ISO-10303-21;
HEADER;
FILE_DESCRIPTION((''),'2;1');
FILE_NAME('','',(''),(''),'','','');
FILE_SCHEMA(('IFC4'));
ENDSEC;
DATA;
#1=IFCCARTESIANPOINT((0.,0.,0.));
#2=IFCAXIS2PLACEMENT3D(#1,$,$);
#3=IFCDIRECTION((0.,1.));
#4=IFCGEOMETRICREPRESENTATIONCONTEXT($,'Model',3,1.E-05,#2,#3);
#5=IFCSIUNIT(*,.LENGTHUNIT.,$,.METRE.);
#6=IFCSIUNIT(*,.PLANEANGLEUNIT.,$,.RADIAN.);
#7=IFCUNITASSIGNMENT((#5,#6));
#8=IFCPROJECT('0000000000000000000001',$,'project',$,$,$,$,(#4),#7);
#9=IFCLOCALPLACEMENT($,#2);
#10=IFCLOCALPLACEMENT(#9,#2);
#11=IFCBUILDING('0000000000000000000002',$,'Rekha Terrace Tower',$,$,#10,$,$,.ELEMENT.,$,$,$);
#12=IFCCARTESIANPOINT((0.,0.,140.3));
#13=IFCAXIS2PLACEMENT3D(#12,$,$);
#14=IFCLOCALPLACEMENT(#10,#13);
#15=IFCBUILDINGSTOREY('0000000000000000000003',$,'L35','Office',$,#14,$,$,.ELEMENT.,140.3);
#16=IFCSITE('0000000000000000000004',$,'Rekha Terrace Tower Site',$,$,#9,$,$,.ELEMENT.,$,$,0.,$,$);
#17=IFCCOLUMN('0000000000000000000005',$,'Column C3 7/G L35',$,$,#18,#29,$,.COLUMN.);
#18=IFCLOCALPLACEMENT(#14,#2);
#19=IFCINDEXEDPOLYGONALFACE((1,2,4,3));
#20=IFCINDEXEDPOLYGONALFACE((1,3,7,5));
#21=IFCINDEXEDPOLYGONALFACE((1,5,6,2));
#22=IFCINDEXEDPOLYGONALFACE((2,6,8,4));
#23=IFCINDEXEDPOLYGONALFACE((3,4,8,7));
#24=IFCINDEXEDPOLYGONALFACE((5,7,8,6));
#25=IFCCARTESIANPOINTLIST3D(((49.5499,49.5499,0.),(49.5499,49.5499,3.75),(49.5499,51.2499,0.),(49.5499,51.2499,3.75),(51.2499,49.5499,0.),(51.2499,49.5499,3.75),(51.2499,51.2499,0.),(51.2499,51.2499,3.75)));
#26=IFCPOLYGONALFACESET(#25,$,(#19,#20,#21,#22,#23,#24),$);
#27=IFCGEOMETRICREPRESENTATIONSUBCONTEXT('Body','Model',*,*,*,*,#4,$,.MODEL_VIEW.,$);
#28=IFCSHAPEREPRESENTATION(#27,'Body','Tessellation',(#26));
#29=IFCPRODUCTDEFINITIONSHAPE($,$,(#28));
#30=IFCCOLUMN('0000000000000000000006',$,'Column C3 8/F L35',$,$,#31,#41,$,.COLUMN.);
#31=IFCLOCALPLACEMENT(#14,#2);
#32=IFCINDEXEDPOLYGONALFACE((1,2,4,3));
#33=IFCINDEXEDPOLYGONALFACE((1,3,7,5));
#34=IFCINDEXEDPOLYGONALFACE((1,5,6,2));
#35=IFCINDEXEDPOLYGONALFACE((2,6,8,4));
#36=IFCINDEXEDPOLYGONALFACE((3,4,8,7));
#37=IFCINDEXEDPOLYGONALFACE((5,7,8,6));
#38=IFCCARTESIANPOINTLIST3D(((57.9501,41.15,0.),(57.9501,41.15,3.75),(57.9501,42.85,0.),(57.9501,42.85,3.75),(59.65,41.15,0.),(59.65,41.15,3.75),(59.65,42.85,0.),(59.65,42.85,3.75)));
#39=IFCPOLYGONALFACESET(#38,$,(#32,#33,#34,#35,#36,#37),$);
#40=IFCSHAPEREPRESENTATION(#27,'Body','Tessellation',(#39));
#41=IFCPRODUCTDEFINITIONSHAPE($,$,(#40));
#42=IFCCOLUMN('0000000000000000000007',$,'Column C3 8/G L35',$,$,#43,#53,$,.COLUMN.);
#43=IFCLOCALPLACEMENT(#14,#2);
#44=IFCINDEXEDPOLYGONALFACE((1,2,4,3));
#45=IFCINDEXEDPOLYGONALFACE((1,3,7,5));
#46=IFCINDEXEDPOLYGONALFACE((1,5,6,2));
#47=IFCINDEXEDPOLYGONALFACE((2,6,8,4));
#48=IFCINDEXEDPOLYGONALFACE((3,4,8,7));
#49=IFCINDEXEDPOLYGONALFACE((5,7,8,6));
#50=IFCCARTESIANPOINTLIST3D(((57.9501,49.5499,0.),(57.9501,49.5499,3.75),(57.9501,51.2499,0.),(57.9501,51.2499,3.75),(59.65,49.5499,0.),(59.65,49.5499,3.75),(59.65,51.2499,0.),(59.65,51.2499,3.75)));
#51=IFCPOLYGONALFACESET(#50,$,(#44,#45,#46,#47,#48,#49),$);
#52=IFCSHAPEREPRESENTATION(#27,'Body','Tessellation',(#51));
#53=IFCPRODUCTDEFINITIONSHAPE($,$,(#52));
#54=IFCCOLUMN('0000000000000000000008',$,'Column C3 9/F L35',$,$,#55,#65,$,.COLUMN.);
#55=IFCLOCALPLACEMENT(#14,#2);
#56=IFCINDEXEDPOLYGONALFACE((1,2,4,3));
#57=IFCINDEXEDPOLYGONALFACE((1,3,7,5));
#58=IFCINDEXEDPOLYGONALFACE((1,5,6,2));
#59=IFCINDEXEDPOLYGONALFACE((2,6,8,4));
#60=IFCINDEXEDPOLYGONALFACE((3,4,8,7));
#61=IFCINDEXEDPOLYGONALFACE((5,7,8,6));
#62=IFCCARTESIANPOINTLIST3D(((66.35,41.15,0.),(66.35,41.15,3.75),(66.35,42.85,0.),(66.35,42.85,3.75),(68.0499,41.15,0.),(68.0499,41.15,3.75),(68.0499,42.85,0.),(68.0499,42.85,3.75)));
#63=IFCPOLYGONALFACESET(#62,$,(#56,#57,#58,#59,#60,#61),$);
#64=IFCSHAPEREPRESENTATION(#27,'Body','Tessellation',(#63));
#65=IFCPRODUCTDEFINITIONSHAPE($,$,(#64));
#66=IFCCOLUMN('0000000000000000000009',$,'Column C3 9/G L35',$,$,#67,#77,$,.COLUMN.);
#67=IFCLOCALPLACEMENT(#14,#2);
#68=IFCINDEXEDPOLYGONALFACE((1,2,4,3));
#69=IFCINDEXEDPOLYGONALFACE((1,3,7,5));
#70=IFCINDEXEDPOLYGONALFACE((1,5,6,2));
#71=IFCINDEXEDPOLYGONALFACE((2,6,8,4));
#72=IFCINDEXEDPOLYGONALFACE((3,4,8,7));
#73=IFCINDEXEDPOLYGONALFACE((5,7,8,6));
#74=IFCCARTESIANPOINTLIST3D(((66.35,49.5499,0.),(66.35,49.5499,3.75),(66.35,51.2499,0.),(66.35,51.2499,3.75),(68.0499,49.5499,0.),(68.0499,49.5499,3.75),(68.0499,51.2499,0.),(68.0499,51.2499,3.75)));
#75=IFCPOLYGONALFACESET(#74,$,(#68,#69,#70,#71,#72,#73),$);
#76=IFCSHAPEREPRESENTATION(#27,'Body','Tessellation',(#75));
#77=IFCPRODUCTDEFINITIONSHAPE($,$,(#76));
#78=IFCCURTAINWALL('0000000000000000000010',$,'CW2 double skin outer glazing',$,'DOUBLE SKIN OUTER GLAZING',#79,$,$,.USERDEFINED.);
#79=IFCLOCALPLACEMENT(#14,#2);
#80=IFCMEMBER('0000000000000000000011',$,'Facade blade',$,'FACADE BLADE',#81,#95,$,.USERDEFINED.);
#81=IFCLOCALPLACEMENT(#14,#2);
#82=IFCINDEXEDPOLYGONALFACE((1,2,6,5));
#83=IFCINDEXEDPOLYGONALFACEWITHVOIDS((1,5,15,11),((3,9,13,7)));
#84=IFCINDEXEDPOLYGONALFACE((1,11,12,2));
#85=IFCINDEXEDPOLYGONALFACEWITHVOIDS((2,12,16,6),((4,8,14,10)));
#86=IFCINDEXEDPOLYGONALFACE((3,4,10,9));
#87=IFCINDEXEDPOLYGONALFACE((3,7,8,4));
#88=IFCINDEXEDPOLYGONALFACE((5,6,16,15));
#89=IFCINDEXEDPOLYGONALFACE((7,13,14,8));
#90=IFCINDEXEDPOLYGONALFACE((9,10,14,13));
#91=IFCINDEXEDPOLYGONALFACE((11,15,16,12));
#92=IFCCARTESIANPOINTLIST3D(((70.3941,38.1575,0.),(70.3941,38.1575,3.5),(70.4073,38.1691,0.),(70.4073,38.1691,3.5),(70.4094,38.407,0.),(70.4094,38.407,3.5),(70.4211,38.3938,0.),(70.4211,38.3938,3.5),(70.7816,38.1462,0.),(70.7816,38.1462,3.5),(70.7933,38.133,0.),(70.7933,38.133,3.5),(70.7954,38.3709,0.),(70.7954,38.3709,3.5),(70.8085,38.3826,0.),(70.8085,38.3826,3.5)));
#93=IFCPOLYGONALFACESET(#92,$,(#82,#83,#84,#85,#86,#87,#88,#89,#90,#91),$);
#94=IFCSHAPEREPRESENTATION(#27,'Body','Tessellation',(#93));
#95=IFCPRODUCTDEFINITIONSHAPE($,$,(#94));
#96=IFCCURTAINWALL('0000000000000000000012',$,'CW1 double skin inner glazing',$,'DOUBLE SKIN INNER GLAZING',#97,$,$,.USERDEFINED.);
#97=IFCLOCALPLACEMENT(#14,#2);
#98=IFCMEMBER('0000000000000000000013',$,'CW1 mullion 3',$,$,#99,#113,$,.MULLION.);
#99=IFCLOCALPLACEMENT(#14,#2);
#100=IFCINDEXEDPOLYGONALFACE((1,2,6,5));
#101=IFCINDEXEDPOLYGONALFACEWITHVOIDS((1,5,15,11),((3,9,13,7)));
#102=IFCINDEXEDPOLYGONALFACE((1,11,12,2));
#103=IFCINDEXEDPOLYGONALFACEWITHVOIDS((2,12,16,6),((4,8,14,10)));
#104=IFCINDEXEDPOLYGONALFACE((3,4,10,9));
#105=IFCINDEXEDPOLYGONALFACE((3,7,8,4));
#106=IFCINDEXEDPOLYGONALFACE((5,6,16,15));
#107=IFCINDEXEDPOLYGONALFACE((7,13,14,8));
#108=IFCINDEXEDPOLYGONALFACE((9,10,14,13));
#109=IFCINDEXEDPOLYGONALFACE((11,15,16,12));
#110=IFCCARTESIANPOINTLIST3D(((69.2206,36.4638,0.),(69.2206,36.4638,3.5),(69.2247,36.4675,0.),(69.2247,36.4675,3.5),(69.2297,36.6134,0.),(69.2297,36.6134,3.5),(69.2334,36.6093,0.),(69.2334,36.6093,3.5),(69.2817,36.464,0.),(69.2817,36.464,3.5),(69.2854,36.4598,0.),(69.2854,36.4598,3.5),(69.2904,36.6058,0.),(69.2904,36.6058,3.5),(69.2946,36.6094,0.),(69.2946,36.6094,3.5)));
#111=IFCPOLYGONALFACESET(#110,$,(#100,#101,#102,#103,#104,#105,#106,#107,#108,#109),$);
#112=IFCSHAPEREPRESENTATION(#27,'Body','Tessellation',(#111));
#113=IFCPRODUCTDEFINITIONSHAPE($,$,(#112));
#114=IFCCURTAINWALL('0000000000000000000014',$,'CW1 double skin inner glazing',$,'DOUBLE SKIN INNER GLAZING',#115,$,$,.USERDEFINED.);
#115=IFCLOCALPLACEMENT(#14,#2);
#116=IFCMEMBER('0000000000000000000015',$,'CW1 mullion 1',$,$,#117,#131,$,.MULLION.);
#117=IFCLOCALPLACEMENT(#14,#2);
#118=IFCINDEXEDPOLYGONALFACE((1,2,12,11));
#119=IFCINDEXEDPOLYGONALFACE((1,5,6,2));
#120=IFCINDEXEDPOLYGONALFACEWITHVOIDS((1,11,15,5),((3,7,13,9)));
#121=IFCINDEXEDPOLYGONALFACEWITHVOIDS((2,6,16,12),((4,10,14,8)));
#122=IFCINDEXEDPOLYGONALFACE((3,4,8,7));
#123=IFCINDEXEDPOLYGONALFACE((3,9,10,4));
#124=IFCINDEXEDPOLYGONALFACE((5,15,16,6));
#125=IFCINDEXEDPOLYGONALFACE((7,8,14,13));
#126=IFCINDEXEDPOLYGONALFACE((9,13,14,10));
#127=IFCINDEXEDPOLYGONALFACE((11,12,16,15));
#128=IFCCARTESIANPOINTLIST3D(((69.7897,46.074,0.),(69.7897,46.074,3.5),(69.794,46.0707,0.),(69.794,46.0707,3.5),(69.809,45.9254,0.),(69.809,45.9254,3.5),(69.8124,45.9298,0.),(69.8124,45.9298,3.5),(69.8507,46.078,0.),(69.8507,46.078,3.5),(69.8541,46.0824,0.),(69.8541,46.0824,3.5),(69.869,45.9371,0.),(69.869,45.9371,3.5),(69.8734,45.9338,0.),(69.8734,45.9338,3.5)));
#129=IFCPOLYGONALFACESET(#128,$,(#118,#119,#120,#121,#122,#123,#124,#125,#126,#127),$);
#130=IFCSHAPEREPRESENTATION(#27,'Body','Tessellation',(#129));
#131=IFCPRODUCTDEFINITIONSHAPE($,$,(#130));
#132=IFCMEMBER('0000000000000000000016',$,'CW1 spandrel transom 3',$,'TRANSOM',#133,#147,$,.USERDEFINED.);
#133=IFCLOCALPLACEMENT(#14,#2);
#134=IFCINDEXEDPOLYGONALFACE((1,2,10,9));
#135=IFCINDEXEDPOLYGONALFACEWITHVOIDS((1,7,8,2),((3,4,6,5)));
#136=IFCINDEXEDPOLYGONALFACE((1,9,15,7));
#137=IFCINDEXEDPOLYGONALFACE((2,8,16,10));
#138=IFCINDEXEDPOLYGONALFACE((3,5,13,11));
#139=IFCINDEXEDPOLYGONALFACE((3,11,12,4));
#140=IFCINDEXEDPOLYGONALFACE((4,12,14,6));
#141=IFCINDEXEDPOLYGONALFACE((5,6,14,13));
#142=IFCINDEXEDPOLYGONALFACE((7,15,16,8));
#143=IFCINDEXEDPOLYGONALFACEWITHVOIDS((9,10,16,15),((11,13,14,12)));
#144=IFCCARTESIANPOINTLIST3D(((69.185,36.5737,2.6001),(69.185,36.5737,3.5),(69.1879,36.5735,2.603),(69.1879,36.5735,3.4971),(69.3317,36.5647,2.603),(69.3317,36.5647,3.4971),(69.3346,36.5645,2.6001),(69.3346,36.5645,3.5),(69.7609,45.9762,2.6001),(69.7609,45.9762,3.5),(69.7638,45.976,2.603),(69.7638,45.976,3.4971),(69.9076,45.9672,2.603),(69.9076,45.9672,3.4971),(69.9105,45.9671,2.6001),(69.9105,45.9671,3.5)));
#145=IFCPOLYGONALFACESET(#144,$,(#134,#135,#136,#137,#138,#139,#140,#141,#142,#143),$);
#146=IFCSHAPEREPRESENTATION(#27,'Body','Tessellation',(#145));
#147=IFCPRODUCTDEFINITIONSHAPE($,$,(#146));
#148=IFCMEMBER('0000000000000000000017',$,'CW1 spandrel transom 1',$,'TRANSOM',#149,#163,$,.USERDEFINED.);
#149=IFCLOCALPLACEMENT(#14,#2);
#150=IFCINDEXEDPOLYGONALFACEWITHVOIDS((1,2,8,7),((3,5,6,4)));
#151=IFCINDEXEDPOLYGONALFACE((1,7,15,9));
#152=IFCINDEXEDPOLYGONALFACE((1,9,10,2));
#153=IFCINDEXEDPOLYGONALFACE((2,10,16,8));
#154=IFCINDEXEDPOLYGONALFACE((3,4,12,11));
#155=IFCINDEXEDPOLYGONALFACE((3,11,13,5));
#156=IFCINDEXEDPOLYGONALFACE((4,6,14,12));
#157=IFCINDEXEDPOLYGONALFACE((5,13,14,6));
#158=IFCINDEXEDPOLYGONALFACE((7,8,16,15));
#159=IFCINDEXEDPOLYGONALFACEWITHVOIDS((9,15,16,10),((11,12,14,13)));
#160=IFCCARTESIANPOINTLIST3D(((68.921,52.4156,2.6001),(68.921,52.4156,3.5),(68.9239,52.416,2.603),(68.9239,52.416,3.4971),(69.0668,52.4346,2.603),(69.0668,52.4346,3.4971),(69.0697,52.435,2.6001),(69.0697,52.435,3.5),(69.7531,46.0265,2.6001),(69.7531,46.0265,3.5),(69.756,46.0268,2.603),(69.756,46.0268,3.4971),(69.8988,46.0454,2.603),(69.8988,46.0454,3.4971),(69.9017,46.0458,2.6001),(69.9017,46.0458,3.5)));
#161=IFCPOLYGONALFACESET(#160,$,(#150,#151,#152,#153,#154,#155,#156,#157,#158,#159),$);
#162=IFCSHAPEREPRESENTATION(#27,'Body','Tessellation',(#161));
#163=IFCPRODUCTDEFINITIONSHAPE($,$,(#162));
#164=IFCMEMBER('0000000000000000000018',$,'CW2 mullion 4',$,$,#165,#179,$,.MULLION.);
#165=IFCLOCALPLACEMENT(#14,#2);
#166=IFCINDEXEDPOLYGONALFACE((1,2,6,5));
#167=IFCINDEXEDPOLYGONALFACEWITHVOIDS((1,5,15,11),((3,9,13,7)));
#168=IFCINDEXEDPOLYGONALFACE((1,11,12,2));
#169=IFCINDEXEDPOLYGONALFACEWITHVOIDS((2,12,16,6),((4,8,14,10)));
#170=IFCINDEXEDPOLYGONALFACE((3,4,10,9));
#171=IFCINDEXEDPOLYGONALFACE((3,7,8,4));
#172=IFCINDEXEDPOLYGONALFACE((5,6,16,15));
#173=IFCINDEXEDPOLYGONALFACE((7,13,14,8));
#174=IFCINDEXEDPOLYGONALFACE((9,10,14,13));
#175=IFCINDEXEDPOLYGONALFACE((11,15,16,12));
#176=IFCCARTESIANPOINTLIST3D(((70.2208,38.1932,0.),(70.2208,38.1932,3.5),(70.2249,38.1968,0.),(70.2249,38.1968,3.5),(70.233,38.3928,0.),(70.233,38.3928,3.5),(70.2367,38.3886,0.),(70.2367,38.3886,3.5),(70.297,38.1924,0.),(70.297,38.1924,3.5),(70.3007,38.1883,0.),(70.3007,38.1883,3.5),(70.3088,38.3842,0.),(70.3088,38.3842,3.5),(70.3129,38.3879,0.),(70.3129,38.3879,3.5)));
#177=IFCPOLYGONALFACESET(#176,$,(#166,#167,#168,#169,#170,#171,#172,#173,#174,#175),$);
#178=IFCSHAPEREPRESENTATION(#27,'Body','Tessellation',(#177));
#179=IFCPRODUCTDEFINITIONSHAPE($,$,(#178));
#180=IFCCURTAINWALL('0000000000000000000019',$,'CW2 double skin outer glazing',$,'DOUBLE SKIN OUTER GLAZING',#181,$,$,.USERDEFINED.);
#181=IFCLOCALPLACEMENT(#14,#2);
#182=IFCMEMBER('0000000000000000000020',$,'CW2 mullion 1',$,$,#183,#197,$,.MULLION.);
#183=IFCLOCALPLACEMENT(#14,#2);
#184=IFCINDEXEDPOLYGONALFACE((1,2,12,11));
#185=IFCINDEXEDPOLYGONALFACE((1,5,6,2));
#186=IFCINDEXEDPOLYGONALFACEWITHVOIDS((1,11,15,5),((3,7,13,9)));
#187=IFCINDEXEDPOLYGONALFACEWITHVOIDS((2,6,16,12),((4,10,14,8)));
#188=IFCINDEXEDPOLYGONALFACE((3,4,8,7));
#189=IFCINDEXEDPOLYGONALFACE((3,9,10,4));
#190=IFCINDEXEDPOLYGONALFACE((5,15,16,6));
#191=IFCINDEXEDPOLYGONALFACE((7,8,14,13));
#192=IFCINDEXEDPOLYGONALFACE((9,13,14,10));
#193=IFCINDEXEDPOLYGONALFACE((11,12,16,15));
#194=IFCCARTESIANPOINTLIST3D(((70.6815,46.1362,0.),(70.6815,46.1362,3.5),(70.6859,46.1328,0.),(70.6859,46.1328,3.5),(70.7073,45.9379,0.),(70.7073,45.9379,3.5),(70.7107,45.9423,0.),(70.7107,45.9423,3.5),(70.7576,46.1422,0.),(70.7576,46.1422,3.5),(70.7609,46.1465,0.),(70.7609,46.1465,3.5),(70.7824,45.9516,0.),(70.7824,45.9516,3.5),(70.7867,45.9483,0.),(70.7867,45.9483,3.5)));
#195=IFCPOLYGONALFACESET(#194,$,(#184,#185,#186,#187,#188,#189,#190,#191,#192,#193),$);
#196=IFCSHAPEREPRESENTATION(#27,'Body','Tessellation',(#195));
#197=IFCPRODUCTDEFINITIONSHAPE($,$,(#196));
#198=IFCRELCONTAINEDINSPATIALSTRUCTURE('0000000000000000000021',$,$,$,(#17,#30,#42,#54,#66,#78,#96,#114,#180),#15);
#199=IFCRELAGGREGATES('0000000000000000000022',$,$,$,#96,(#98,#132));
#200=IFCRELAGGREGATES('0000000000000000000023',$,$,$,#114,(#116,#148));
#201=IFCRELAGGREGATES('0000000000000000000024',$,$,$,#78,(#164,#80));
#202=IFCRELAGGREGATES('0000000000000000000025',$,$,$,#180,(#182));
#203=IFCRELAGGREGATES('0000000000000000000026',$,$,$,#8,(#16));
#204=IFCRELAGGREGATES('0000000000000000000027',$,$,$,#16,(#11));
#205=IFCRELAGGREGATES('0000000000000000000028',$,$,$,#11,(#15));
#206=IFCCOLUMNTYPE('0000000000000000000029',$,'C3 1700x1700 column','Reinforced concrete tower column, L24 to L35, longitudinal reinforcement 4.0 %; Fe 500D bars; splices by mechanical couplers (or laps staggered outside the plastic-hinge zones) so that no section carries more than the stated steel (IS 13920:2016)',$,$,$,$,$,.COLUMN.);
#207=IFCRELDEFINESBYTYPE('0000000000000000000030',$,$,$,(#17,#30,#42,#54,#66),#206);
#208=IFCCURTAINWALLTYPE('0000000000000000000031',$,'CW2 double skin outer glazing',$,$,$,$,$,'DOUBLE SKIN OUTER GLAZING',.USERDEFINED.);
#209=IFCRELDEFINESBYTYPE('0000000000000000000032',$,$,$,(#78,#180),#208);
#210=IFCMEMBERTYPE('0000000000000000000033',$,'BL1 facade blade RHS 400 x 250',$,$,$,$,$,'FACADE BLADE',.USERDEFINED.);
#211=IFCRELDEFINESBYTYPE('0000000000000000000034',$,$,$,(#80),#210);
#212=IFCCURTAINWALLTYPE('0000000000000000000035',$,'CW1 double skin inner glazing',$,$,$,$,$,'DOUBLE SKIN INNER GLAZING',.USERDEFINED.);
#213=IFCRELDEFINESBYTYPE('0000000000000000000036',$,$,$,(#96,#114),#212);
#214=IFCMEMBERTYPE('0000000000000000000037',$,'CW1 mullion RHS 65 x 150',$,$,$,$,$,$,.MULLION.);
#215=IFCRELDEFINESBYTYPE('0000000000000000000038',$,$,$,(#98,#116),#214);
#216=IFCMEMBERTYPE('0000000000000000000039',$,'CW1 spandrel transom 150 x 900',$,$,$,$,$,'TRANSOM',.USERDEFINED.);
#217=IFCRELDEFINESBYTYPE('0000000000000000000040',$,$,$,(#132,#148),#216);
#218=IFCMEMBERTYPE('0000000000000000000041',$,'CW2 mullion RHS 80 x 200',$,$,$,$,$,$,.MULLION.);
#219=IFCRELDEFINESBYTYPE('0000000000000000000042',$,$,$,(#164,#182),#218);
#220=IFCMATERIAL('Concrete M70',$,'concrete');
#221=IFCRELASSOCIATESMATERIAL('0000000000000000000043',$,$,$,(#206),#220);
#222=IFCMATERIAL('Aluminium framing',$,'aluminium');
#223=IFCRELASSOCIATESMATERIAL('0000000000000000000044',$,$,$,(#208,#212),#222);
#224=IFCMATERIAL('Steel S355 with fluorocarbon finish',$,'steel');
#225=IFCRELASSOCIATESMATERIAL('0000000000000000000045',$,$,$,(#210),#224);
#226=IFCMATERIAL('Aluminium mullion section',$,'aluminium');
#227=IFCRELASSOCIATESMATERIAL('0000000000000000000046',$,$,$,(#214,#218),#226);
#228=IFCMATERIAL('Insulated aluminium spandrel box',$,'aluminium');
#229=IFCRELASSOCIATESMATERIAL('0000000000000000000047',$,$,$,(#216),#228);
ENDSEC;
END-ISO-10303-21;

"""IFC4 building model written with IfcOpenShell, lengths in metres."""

from ifc_helpers import new_model, si_unit, direction, frame, origin, origin_2d, place, context, subcontext, project, spatial, rectangle, hollow_rectangle, extrude, material, material_profile, profile_set, type_object, element, aggregate, save


model = new_model("IFC4")

# Units and contexts
model_context = context("Model", 3, precision=1e-05, world=origin(), true_north=direction((0.0, 1.0)))
body_context = subcontext(model_context, "Body", "Model", "MODEL_VIEW")
ifc_project = project(units=[si_unit("LENGTHUNIT", "METRE"), si_unit("PLANEANGLEUNIT", "RADIAN")], contexts=[model_context])

# Site, building, storey
site_placement = place(None, origin())
site = spatial("IfcSite", under=ifc_project, at=site_placement, Name="Rekha Terrace Tower Site", CompositionType="ELEMENT", RefElevation=0.0)
building_placement = place(site_placement, origin())
building = spatial("IfcBuilding", under=site, at=building_placement, Name="Rekha Terrace Tower", CompositionType="ELEMENT")
storey_placement = place(building_placement, frame((0.0, 0.0, 140.3)))
storey = spatial("IfcBuildingStorey", under=building, at=storey_placement, Name="L35", Description="Office", CompositionType="ELEMENT", Elevation=140.3)

# Columns
ifc_material_1 = material(Name="Concrete M70", Category="concrete")
ifc_material_profile_1 = material_profile(ifc_material_1, rectangle(XDim=1.7, YDim=1.7, at=origin_2d()), Name="RC 1700x1700")
ifc_profile_set_1 = profile_set([ifc_material_profile_1], Name="Concrete M70")
column_type = type_object("IfcColumnType", Name="C3 1700x1700 column", Description="Reinforced concrete tower column, L24 to L35, longitudinal reinforcement 4.0 %; Fe 500D bars; splices by mechanical couplers (or laps staggered outside the plastic-hinge zones) so that no section carries more than the stated steel (IS 13920:2016)", PredefinedType="COLUMN", material=ifc_profile_set_1)
for number, where, z_axis, x_axis, name in (
    (1, (50.3999, 50.3999, 0.0), (0.0, 0.0, 1.0), (1.0, 0.0, 0.0), "Column C3 7/G L35"),
    (2, (58.8, 42.0, 0.0), (0.0, 0.0, 1.0), (1.0, 0.0, 0.0), "Column C3 8/F L35"),
    (3, (58.8, 50.3999, 0.0), (0.0, 0.0, 1.0), (1.0, 0.0, 0.0), "Column C3 8/G L35"),
    (4, (67.2, 42.0, 0.0), (0.0, 0.0, 1.0), (1.0, 0.0, 0.0), "Column C3 9/F L35"),
    (5, (67.2, 50.3999, 0.0), (0.0, 0.0, 1.0), (1.0, 0.0, 0.0), "Column C3 9/G L35"),
):
    element("IfcColumn", number, at=place(storey_placement, frame(where, z_axis=z_axis, x_axis=x_axis)), inside=storey, type_object=column_type, Name=name, PredefinedType="COLUMN", context=body_context, shape_type="SweptSolid", body=[
        extrude(rectangle(XDim=1.7, YDim=1.7, at=origin_2d()), origin(), (0.0, 0.0, 1.0), 3.75),
    ])

# Curtain walls, members
ifc_material_2 = material(Name="Aluminium framing", Category="aluminium")
curtain_wall_type_1 = type_object("IfcCurtainWallType", Name="CW2 double skin outer glazing", ElementType="DOUBLE SKIN OUTER GLAZING", PredefinedType="USERDEFINED", material=ifc_material_2)
curtain_wall_1_placement = place(storey_placement, origin())
curtain_wall_1 = element("IfcCurtainWall", 6, at=curtain_wall_1_placement, inside=storey, type_object=curtain_wall_type_1, Name="CW2 double skin outer glazing", ObjectType="DOUBLE SKIN OUTER GLAZING", PredefinedType="USERDEFINED")
ifc_material_3 = material(Name="Steel S355 with fluorocarbon finish", Category="steel")
ifc_material_profile_2 = material_profile(ifc_material_3, hollow_rectangle(XDim=0.25, YDim=0.3999, WallThickness=0.0125, at=origin_2d()), Name="RHS400x250x12.5")
ifc_profile_set_2 = profile_set([ifc_material_profile_2], Name="Steel S355 with fluorocarbon finish")
member_type_1 = type_object("IfcMemberType", Name="BL1 facade blade RHS 400 x 250", ElementType="FACADE BLADE", PredefinedType="USERDEFINED", material=ifc_profile_set_2)
member_1_placement = place(storey_placement, frame((70.6013, 38.27, 0.0), z_axis=(0.0, 0.0, 1.0), x_axis=(0.06116, 0.998128, 0.0)))
member_1 = element("IfcMember", 7, at=member_1_placement, type_object=member_type_1, Name="Facade blade", ObjectType="FACADE BLADE", PredefinedType="USERDEFINED", context=body_context, shape_type="SweptSolid", body=[
    extrude(hollow_rectangle(XDim=0.25, YDim=0.3999, WallThickness=0.0125, at=origin_2d()), origin(), (0.0, 0.0, 1.0), 3.5),
])
curtain_wall_type_2 = type_object("IfcCurtainWallType", Name="CW1 double skin inner glazing", ElementType="DOUBLE SKIN INNER GLAZING", PredefinedType="USERDEFINED", material=ifc_material_2)
curtain_wall_2_placement = place(storey_placement, origin())
curtain_wall_2 = element("IfcCurtainWall", 8, at=curtain_wall_2_placement, inside=storey, type_object=curtain_wall_type_2, Name="CW1 double skin inner glazing", ObjectType="DOUBLE SKIN INNER GLAZING", PredefinedType="USERDEFINED")
ifc_material_4 = material(Name="Aluminium mullion section", Category="aluminium")
ifc_material_profile_3 = material_profile(ifc_material_4, hollow_rectangle(XDim=0.0649, YDim=0.1499, WallThickness=0.0039, at=origin_2d()), Name="AL RHS 65x150")
ifc_profile_set_3 = profile_set([ifc_material_profile_3], Name="Aluminium mullion section")
member_type_2 = type_object("IfcMemberType", Name="CW1 mullion RHS 65 x 150", PredefinedType="MULLION", material=ifc_profile_set_3)
member_2_placement = place(storey_placement, frame((69.2576, 36.5366, 0.0), z_axis=(0.0, 0.0, 1.0), x_axis=(-0.998128, 0.06116, 0.0)))
member_2 = element("IfcMember", 9, at=member_2_placement, type_object=member_type_2, Name="CW1 mullion 3", PredefinedType="MULLION", context=body_context, shape_type="SweptSolid", body=[
    extrude(hollow_rectangle(XDim=0.0649, YDim=0.1499, WallThickness=0.0039, at=origin_2d()), origin(), (0.0, 0.0, 1.0), 3.5),
])
curtain_wall_3_placement = place(storey_placement, origin())
curtain_wall_3 = element("IfcCurtainWall", 10, at=curtain_wall_3_placement, inside=storey, type_object=curtain_wall_type_2, Name="CW1 double skin inner glazing", ObjectType="DOUBLE SKIN INNER GLAZING", PredefinedType="USERDEFINED")
member_3_placement = place(storey_placement, frame((69.8315, 46.0039, 0.0), z_axis=(0.0, 0.0, 1.0), x_axis=(-0.991629, -0.129118, 0.0)))
member_3 = element("IfcMember", 11, at=member_3_placement, type_object=member_type_2, Name="CW1 mullion 1", PredefinedType="MULLION", context=body_context, shape_type="SweptSolid", body=[
    extrude(hollow_rectangle(XDim=0.0649, YDim=0.1499, WallThickness=0.0039, at=origin_2d()), origin(), (0.0, 0.0, 1.0), 3.5),
])

# Members
ifc_material_5 = material(Name="Insulated aluminium spandrel box", Category="aluminium")
ifc_material_profile_4 = material_profile(ifc_material_5, hollow_rectangle(XDim=0.1499, YDim=0.8999, WallThickness=0.0029, at=origin_2d()), Name="AL SPANDREL BOX 150x900")
ifc_profile_set_4 = profile_set([ifc_material_profile_4], Name="Insulated aluminium spandrel box")
member_type_3 = type_object("IfcMemberType", Name="CW1 spandrel transom 150 x 900", ElementType="TRANSOM", PredefinedType="USERDEFINED", material=ifc_profile_set_4)
member_4_placement = place(storey_placement, frame((69.2598, 36.5691, 3.05), z_axis=(0.061137, 0.998129, 0.0), x_axis=(-0.998129, 0.061137, 0.0)))
member_4 = element("IfcMember", 12, at=member_4_placement, type_object=member_type_3, Name="CW1 spandrel transom 3", ObjectType="TRANSOM", PredefinedType="USERDEFINED", context=body_context, shape_type="SweptSolid", body=[
    extrude(hollow_rectangle(XDim=0.1499, YDim=0.8999, WallThickness=0.0029, at=origin_2d()), origin(), (0.0, 0.0, 1.0), 9.4202),
])
member_5_placement = place(storey_placement, frame((69.8274, 46.0361, 3.05), z_axis=(-0.129135, 0.991627, 0.0), x_axis=(-0.991627, -0.129135, 0.0)))
member_5 = element("IfcMember", 13, at=member_5_placement, type_object=member_type_3, Name="CW1 spandrel transom 1", ObjectType="TRANSOM", PredefinedType="USERDEFINED", context=body_context, shape_type="SweptSolid", body=[
    extrude(hollow_rectangle(XDim=0.1499, YDim=0.8999, WallThickness=0.0029, at=origin_2d()), origin(), (0.0, 0.0, 1.0), 6.4431),
])
ifc_material_profile_5 = material_profile(ifc_material_4, hollow_rectangle(XDim=0.0801, YDim=0.2, WallThickness=0.0039, at=origin_2d()), Name="AL RHS 80x200")
ifc_profile_set_5 = profile_set([ifc_material_profile_5], Name="Aluminium mullion section")
member_type_4 = type_object("IfcMemberType", Name="CW2 mullion RHS 80 x 200", PredefinedType="MULLION", material=ifc_profile_set_5)
member_6_placement = place(storey_placement, frame((70.2668, 38.2905, 0.0), z_axis=(0.0, 0.0, 1.0), x_axis=(-0.998128, 0.06116, 0.0)))
member_6 = element("IfcMember", 14, at=member_6_placement, type_object=member_type_4, Name="CW2 mullion 4", PredefinedType="MULLION", context=body_context, shape_type="SweptSolid", body=[
    extrude(hollow_rectangle(XDim=0.0801, YDim=0.2, WallThickness=0.0039, at=origin_2d()), origin(), (0.0, 0.0, 1.0), 3.5),
])

# Curtain wall, member
curtain_wall_4_placement = place(storey_placement, origin())
curtain_wall_4 = element("IfcCurtainWall", 15, at=curtain_wall_4_placement, inside=storey, type_object=curtain_wall_type_1, Name="CW2 double skin outer glazing", ObjectType="DOUBLE SKIN OUTER GLAZING", PredefinedType="USERDEFINED")
member_7_placement = place(storey_placement, frame((70.7341, 46.0422, 0.0), z_axis=(0.0, 0.0, 1.0), x_axis=(-0.991629, -0.129118, 0.0)))
member_7 = element("IfcMember", 16, at=member_7_placement, type_object=member_type_4, Name="CW2 mullion 1", PredefinedType="MULLION", context=body_context, shape_type="SweptSolid", body=[
    extrude(hollow_rectangle(XDim=0.0801, YDim=0.2, WallThickness=0.0039, at=origin_2d()), origin(), (0.0, 0.0, 1.0), 3.5),
])

aggregate(curtain_wall_2, [member_2, member_4])
aggregate(curtain_wall_3, [member_3, member_5])
aggregate(curtain_wall_1, [member_6, member_1])
aggregate(curtain_wall_4, [member_7])

save(model, "model.ifc")
